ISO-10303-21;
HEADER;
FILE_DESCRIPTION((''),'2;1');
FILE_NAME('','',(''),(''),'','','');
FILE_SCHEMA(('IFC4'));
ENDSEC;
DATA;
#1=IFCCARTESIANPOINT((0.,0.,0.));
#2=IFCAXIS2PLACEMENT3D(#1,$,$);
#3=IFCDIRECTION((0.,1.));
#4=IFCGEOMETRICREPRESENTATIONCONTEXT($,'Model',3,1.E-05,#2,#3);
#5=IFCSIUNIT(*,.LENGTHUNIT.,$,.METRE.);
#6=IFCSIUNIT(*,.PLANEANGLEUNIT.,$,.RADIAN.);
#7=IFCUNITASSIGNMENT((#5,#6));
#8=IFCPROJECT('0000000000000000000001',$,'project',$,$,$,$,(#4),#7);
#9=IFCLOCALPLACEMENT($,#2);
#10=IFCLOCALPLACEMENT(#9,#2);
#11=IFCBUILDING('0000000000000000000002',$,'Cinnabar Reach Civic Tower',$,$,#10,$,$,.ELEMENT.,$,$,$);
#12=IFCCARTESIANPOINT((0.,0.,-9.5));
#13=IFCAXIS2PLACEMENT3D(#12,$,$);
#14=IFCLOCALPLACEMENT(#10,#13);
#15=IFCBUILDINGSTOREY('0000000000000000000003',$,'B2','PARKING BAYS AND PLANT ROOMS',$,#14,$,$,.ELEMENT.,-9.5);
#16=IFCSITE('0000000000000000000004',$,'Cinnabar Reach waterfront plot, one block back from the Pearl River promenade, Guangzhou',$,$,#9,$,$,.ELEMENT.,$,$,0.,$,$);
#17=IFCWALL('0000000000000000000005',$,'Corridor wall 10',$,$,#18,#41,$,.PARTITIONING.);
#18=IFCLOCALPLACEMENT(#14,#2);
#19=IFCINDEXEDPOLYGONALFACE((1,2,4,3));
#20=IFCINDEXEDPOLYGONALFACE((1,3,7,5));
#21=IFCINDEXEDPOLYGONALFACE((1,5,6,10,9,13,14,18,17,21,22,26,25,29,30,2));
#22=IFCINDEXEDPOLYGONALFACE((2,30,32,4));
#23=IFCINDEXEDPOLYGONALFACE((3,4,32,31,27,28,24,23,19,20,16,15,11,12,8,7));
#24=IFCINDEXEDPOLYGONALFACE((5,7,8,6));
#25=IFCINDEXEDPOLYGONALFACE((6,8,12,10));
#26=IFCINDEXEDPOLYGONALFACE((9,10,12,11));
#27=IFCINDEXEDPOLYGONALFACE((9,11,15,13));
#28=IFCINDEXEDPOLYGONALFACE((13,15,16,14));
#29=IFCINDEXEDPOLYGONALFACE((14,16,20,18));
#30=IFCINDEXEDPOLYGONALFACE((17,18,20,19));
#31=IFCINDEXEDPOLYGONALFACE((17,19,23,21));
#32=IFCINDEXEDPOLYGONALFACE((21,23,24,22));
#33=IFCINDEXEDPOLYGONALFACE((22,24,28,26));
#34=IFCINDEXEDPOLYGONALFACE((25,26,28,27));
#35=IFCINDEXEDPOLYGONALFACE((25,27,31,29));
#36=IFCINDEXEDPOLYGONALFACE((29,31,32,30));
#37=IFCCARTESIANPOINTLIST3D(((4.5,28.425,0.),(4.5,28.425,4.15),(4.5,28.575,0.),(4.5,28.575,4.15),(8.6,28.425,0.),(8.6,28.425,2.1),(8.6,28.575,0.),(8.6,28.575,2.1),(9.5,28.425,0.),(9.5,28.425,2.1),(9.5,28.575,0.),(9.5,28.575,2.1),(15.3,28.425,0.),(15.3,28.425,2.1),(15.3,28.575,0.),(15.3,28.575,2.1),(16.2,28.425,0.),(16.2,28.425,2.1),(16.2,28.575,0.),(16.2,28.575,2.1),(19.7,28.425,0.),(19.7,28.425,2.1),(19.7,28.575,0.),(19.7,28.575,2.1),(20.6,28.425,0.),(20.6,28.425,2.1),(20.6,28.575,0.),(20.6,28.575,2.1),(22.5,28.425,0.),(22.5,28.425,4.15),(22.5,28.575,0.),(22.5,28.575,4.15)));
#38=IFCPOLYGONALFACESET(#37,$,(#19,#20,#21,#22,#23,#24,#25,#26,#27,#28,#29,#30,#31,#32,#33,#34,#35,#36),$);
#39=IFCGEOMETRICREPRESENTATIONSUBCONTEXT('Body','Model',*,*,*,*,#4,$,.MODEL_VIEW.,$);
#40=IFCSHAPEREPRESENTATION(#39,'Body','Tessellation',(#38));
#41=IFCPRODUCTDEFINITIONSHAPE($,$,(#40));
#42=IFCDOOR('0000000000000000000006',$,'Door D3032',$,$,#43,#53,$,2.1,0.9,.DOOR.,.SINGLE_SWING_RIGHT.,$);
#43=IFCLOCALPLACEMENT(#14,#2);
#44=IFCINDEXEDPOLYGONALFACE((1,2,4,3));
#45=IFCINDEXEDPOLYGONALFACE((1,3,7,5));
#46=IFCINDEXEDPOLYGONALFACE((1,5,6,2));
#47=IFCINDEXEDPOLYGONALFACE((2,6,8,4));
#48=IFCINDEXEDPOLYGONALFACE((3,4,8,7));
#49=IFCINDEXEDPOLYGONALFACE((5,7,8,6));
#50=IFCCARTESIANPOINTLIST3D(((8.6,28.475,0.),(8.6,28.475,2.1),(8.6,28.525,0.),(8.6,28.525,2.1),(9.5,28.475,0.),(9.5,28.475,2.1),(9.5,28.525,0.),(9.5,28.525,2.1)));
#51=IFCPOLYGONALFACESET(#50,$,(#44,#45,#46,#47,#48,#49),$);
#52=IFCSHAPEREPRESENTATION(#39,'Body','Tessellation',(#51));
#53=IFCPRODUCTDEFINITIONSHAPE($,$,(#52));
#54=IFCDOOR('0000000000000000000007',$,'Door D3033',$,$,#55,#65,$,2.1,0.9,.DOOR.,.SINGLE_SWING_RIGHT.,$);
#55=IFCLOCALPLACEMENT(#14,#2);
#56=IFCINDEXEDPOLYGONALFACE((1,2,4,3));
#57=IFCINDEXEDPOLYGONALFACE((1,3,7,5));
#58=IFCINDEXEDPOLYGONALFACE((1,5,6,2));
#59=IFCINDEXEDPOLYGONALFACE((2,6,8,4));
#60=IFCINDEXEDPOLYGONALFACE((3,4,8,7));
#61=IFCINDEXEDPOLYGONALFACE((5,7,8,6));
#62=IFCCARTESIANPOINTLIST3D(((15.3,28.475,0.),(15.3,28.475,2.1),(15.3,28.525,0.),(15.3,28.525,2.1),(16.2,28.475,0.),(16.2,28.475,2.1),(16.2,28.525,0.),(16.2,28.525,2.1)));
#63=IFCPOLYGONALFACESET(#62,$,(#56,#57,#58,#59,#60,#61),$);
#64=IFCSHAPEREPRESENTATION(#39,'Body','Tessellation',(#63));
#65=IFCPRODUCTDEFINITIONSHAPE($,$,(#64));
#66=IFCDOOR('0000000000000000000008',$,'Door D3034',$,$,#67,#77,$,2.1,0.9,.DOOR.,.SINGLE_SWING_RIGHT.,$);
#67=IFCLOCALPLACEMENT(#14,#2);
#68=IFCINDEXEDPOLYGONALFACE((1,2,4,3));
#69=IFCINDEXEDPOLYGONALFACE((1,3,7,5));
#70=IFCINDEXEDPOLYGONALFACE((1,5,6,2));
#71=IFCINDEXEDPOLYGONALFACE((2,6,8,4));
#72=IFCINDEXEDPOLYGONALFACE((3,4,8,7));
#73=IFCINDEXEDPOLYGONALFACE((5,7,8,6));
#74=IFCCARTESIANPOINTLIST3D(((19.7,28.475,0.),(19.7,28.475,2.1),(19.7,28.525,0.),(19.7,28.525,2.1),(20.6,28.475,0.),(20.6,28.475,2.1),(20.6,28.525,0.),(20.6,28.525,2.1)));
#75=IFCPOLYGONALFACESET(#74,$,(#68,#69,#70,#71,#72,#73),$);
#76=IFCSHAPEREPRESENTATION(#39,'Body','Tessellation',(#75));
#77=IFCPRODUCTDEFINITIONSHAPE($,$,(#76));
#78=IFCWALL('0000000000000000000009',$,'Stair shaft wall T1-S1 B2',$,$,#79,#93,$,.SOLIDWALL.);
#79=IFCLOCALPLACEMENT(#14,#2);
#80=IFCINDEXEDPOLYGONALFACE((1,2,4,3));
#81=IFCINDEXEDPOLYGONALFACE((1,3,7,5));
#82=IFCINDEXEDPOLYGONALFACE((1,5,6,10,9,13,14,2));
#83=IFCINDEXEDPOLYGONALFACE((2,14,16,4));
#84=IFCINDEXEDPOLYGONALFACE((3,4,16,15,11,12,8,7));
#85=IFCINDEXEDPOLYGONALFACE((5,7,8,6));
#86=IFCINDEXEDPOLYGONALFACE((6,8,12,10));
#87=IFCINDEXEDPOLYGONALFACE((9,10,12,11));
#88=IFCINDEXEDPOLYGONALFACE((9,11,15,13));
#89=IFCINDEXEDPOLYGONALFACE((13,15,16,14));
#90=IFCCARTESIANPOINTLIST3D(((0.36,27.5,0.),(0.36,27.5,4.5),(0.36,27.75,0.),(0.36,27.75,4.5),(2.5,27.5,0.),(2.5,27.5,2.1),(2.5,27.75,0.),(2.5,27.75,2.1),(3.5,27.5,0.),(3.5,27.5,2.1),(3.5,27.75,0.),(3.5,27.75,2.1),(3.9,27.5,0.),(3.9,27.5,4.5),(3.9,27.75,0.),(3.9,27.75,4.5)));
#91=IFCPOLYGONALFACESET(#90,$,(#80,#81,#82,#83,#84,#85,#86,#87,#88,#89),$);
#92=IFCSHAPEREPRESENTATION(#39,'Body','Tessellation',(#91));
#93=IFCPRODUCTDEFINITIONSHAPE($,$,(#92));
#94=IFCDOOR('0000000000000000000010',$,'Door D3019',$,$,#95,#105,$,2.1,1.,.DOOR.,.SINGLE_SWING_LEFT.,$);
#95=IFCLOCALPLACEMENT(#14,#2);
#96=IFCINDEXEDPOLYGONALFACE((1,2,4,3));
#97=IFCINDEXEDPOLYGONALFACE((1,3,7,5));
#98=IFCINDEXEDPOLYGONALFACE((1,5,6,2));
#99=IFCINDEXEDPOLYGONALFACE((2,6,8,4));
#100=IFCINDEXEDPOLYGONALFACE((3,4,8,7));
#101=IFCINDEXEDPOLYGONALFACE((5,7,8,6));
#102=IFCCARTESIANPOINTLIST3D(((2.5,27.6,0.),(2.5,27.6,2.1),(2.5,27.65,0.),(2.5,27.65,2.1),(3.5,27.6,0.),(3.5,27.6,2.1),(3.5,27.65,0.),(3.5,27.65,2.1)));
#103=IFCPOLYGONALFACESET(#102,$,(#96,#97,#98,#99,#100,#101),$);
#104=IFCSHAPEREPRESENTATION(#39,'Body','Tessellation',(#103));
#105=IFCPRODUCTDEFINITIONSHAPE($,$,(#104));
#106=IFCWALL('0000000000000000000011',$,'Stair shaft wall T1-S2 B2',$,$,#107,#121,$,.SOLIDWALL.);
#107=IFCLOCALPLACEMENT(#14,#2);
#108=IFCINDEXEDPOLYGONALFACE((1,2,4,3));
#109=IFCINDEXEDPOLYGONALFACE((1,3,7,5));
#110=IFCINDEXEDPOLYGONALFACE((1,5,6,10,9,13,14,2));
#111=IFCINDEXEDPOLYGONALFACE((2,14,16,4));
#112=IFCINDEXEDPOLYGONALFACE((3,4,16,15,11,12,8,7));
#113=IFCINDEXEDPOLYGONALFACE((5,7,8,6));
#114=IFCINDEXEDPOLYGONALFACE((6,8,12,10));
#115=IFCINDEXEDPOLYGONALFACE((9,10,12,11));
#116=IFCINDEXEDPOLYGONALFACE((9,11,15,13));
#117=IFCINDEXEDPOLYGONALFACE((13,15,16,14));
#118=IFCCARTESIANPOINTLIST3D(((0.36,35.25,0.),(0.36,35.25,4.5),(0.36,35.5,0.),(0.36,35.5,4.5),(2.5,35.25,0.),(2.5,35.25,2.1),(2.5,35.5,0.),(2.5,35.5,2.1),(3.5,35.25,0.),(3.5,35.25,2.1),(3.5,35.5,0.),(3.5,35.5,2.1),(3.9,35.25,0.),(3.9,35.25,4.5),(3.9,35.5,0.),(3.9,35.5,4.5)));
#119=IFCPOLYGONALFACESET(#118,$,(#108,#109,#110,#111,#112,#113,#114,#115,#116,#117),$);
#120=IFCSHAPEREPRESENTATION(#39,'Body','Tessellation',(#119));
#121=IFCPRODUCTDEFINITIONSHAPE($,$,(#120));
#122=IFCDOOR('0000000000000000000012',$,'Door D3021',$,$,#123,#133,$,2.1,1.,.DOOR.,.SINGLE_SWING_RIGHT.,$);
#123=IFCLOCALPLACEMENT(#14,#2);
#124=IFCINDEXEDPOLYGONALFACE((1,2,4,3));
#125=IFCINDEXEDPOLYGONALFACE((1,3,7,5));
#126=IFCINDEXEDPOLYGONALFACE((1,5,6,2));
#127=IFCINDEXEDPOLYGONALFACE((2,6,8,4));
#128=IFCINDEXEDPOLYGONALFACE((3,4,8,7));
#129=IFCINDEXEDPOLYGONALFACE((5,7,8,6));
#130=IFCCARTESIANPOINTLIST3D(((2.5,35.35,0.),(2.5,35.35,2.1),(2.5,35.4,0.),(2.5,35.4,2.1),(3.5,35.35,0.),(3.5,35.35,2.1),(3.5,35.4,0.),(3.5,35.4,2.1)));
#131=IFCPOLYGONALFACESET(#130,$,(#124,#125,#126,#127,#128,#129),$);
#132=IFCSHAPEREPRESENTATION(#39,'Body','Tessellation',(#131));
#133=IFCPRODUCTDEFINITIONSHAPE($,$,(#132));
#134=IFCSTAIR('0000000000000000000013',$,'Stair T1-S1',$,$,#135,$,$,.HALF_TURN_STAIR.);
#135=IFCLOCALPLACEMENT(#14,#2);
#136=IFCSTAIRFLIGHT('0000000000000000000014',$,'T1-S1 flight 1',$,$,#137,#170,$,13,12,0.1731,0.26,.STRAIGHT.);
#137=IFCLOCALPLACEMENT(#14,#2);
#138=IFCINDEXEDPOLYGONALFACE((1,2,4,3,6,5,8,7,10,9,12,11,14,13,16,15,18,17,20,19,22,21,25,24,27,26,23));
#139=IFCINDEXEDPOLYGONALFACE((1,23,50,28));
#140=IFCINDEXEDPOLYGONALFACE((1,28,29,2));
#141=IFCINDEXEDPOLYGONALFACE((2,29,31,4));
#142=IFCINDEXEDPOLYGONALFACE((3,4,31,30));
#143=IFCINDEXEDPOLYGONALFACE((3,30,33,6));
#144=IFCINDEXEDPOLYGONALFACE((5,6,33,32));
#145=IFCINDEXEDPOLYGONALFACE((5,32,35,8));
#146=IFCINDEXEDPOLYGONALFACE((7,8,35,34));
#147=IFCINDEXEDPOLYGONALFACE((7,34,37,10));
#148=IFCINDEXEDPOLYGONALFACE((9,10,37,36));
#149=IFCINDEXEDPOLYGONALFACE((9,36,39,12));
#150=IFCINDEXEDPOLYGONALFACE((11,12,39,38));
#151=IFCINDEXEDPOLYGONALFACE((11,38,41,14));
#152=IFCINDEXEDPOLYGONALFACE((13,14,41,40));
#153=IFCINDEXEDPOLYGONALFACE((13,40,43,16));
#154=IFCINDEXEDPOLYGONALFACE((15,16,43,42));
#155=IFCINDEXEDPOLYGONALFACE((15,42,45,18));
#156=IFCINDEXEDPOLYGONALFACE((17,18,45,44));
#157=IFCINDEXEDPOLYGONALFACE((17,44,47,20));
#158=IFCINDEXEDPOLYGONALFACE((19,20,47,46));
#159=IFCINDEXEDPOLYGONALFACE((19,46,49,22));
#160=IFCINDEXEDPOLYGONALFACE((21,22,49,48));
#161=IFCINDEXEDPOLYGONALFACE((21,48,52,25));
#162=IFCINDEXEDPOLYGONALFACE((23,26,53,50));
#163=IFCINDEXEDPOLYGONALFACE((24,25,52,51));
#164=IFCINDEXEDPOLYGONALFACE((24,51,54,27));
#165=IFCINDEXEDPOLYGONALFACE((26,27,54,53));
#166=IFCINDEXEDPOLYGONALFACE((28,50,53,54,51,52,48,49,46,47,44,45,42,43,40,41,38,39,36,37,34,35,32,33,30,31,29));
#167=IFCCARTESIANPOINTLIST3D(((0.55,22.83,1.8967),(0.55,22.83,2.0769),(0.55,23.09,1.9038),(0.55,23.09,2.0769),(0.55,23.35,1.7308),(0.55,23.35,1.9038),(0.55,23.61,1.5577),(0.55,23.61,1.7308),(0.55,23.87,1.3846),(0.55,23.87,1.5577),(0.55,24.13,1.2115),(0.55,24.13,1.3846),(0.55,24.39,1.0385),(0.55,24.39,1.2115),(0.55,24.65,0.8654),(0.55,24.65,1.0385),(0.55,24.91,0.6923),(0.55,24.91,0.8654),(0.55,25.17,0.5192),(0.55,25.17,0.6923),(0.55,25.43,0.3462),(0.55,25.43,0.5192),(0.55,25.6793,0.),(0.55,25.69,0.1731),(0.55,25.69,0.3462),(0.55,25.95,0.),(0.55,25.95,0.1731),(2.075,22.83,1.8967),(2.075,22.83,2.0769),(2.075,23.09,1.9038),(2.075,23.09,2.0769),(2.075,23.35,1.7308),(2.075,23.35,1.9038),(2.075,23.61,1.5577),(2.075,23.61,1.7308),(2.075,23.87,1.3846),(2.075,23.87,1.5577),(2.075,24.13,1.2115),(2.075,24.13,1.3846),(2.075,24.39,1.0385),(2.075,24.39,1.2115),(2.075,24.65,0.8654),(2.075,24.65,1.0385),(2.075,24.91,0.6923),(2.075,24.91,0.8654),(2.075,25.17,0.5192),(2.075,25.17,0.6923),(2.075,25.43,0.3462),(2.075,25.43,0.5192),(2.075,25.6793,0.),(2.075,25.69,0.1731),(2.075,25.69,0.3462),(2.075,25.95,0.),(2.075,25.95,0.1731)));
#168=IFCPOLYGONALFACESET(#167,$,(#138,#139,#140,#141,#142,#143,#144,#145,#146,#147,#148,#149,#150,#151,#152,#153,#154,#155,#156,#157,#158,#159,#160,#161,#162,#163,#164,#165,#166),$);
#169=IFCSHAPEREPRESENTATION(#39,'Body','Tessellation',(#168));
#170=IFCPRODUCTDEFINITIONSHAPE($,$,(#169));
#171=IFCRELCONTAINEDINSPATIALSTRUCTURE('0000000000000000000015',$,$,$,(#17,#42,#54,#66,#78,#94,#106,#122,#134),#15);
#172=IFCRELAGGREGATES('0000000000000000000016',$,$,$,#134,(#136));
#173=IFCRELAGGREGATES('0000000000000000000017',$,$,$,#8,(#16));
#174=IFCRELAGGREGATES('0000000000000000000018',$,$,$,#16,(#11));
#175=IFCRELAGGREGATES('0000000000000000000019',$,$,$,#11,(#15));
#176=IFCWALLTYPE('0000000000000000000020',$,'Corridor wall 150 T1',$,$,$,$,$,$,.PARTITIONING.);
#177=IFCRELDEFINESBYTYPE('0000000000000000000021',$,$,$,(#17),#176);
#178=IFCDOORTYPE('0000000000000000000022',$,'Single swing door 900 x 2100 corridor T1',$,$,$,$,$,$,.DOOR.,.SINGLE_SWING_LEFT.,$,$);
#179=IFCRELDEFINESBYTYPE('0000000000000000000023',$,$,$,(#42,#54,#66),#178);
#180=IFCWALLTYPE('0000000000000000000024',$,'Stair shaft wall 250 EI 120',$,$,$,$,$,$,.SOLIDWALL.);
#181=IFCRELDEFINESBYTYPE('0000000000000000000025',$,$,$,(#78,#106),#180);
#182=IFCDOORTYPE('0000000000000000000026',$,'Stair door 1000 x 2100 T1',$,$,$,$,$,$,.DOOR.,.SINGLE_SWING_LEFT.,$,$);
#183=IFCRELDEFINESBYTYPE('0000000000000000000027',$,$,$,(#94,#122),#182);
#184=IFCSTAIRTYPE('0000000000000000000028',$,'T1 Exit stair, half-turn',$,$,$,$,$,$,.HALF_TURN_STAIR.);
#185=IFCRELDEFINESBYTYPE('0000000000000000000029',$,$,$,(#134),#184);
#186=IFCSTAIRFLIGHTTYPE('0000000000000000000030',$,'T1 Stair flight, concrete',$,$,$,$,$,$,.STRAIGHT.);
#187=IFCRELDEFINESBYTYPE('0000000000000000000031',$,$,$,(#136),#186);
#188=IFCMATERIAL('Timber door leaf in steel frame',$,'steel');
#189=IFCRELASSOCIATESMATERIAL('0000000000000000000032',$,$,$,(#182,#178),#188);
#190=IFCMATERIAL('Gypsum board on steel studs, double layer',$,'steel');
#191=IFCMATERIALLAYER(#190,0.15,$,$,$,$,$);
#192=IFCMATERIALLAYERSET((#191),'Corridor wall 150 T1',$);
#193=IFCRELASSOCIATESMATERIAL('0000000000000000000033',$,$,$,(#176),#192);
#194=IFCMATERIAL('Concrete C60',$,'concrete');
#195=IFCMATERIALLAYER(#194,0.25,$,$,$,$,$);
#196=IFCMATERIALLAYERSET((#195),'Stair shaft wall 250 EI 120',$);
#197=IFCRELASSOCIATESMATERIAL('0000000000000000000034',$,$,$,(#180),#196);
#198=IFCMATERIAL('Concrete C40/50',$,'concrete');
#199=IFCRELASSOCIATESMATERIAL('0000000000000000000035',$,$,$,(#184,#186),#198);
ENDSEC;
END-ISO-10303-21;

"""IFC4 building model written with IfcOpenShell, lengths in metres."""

from ifc_helpers import new_model, si_unit, direction, frame, frame_2d, origin, place, context, subcontext, project, spatial, polyline, rectangle, outline, extrude, material, layer, layer_set, type_object, element, fill, aggregate, save


model = new_model("IFC4")

# Units and contexts
model_context = context("Model", 3, precision=1e-05, world=origin(), true_north=direction((0.0, 1.0)))
body_context = subcontext(model_context, "Body", "Model", "MODEL_VIEW")
ifc_project = project(units=[si_unit("LENGTHUNIT", "METRE"), si_unit("PLANEANGLEUNIT", "RADIAN")], contexts=[model_context])

# Site, building, storey
site_placement = place(None, origin())
site = spatial("IfcSite", under=ifc_project, at=site_placement, Name="Cinnabar Reach waterfront plot, one block back from the Pearl River promenade, Guangzhou", CompositionType="ELEMENT", RefElevation=0.0)
building_placement = place(site_placement, origin())
building = spatial("IfcBuilding", under=site, at=building_placement, Name="Cinnabar Reach Civic Tower", CompositionType="ELEMENT")
storey_placement = place(building_placement, frame((0.0, 0.0, -9.5)))
storey = spatial("IfcBuildingStorey", under=building, at=storey_placement, Name="B2", Description="PARKING BAYS AND PLANT ROOMS", CompositionType="ELEMENT", Elevation=-9.5)

# Shared definitions
ifc_material_1 = material(Name="Timber door leaf in steel frame", Category="steel")
door_type_1 = type_object("IfcDoorType", Name="Stair door 1000 x 2100 T1", OperationType="SINGLE_SWING_LEFT", PredefinedType="DOOR", material=ifc_material_1)

# Wall, openings, doors
ifc_material_2 = material(Name="Gypsum board on steel studs, double layer", Category="steel")
ifc_layer_1 = layer(ifc_material_2, 0.15)
ifc_layer_set_1 = layer_set([ifc_layer_1], Name="Corridor wall 150 T1")
wall_type_1 = type_object("IfcWallType", Name="Corridor wall 150 T1", PredefinedType="PARTITIONING", material=ifc_layer_set_1)
door_type_2 = type_object("IfcDoorType", Name="Single swing door 900 x 2100 corridor T1", OperationType="SINGLE_SWING_LEFT", PredefinedType="DOOR", material=ifc_material_1)
wall_1_placement = place(storey_placement, frame((4.5, 28.5, 0.0), z_axis=(0.0, 0.0, 1.0), x_axis=(1.0, 0.0, 0.0)))
wall_1 = element("IfcWall", 1, at=wall_1_placement, inside=storey, type_object=wall_type_1, Name="Corridor wall 10", PredefinedType="PARTITIONING", context=body_context, shape_type="SweptSolid", body=[
    extrude(rectangle(XDim=18.0, YDim=0.15, at=frame_2d((9.0, 0.0))), origin(), (0.0, 0.0, 1.0), 4.15),
])
opening_1_placement = place(wall_1_placement, frame((4.1, 0.0, 0.0)))
opening_1 = element("IfcOpeningElement", 2, at=opening_1_placement, cuts=wall_1, PredefinedType="OPENING", context=body_context, shape_type="SweptSolid", body=[
    extrude(rectangle(XDim=0.9, YDim=2.1, at=frame_2d((0.45, 1.05))), frame((0.0, 0.085, 0.0), z_axis=(0.0, -1.0, 0.0), x_axis=(1.0, 0.0, 0.0)), (0.0, 0.0, 1.0), 0.17),
])
opening_2_placement = place(wall_1_placement, frame((10.8, 0.0, 0.0)))
opening_2 = element("IfcOpeningElement", 3, at=opening_2_placement, cuts=wall_1, PredefinedType="OPENING", context=body_context, shape_type="SweptSolid", body=[
    extrude(rectangle(XDim=0.9, YDim=2.1, at=frame_2d((0.45, 1.05))), frame((0.0, 0.085, 0.0), z_axis=(0.0, -1.0, 0.0), x_axis=(1.0, 0.0, 0.0)), (0.0, 0.0, 1.0), 0.17),
])
opening_3_placement = place(wall_1_placement, frame((15.2, 0.0, 0.0)))
opening_3 = element("IfcOpeningElement", 4, at=opening_3_placement, cuts=wall_1, PredefinedType="OPENING", context=body_context, shape_type="SweptSolid", body=[
    extrude(rectangle(XDim=0.9, YDim=2.1, at=frame_2d((0.45, 1.05))), frame((0.0, 0.085, 0.0), z_axis=(0.0, -1.0, 0.0), x_axis=(1.0, 0.0, 0.0)), (0.0, 0.0, 1.0), 0.17),
])
door_1_placement = place(opening_1_placement, origin())
door_1 = element("IfcDoor", 5, at=door_1_placement, inside=storey, type_object=door_type_2, Name="Door D3032", OperationType="SINGLE_SWING_RIGHT", OverallHeight=2.1, OverallWidth=0.9, PredefinedType="DOOR", context=body_context, shape_type="SweptSolid", body=[
    extrude(rectangle(XDim=0.9, YDim=2.1, at=frame_2d((0.45, 1.05))), frame((0.0, 0.025, 0.0), z_axis=(0.0, -1.0, 0.0), x_axis=(1.0, 0.0, 0.0)), (0.0, 0.0, 1.0), 0.05),
])
fill(opening_1, door_1)
door_2_placement = place(opening_2_placement, origin())
door_2 = element("IfcDoor", 6, at=door_2_placement, inside=storey, type_object=door_type_2, Name="Door D3033", OperationType="SINGLE_SWING_RIGHT", OverallHeight=2.1, OverallWidth=0.9, PredefinedType="DOOR", context=body_context, shape_type="SweptSolid", body=[
    extrude(rectangle(XDim=0.9, YDim=2.1, at=frame_2d((0.45, 1.05))), frame((0.0, 0.025, 0.0), z_axis=(0.0, -1.0, 0.0), x_axis=(1.0, 0.0, 0.0)), (0.0, 0.0, 1.0), 0.05),
])
fill(opening_2, door_2)
door_3_placement = place(opening_3_placement, origin())
door_3 = element("IfcDoor", 7, at=door_3_placement, inside=storey, type_object=door_type_2, Name="Door D3034", OperationType="SINGLE_SWING_RIGHT", OverallHeight=2.1, OverallWidth=0.9, PredefinedType="DOOR", context=body_context, shape_type="SweptSolid", body=[
    extrude(rectangle(XDim=0.9, YDim=2.1, at=frame_2d((0.45, 1.05))), frame((0.0, 0.025, 0.0), z_axis=(0.0, -1.0, 0.0), x_axis=(1.0, 0.0, 0.0)), (0.0, 0.0, 1.0), 0.05),
])
fill(opening_3, door_3)

# Walls, openings, doors
ifc_material_3 = material(Name="Concrete C60", Category="concrete")
ifc_layer_2 = layer(ifc_material_3, 0.25)
ifc_layer_set_2 = layer_set([ifc_layer_2], Name="Stair shaft wall 250 EI 120")
wall_type_2 = type_object("IfcWallType", Name="Stair shaft wall 250 EI 120", PredefinedType="SOLIDWALL", material=ifc_layer_set_2)
wall_2_placement = place(storey_placement, frame((3.9, 27.625, 0.0), z_axis=(0.0, 0.0, 1.0), x_axis=(-1.0, 0.0, 0.0)))
wall_2 = element("IfcWall", 8, at=wall_2_placement, inside=storey, type_object=wall_type_2, Name="Stair shaft wall T1-S1 B2", PredefinedType="SOLIDWALL", context=body_context, shape_type="SweptSolid", body=[
    extrude(rectangle(XDim=3.54, YDim=0.25, at=frame_2d((1.77, 0.0))), origin(), (0.0, 0.0, 1.0), 4.5),
])
opening_4_placement = place(wall_2_placement, frame((0.4, 0.0, 0.0)))
opening_4 = element("IfcOpeningElement", 9, at=opening_4_placement, cuts=wall_2, PredefinedType="OPENING", context=body_context, shape_type="SweptSolid", body=[
    extrude(rectangle(XDim=1.0, YDim=2.1, at=frame_2d((0.5, 1.05))), frame((0.0, 0.135, 0.0), z_axis=(0.0, -1.0, 0.0), x_axis=(1.0, 0.0, 0.0)), (0.0, 0.0, 1.0), 0.27),
])
door_4_placement = place(opening_4_placement, origin())
door_4 = element("IfcDoor", 10, at=door_4_placement, inside=storey, type_object=door_type_1, Name="Door D3019", OperationType="SINGLE_SWING_LEFT", OverallHeight=2.1, OverallWidth=1.0, PredefinedType="DOOR", context=body_context, shape_type="SweptSolid", body=[
    extrude(rectangle(XDim=1.0, YDim=2.1, at=frame_2d((0.5, 1.05))), frame((0.0, 0.025, 0.0), z_axis=(0.0, -1.0, 0.0), x_axis=(1.0, 0.0, 0.0)), (0.0, 0.0, 1.0), 0.05),
])
fill(opening_4, door_4)
wall_3_placement = place(storey_placement, frame((0.36, 35.375, 0.0), z_axis=(0.0, 0.0, 1.0), x_axis=(1.0, 0.0, 0.0)))
wall_3 = element("IfcWall", 11, at=wall_3_placement, inside=storey, type_object=wall_type_2, Name="Stair shaft wall T1-S2 B2", PredefinedType="SOLIDWALL", context=body_context, shape_type="SweptSolid", body=[
    extrude(rectangle(XDim=3.54, YDim=0.25, at=frame_2d((1.77, 0.0))), origin(), (0.0, 0.0, 1.0), 4.5),
])
opening_5_placement = place(wall_3_placement, frame((2.14, 0.0, 0.0)))
opening_5 = element("IfcOpeningElement", 12, at=opening_5_placement, cuts=wall_3, PredefinedType="OPENING", context=body_context, shape_type="SweptSolid", body=[
    extrude(rectangle(XDim=1.0, YDim=2.1, at=frame_2d((0.5, 1.05))), frame((0.0, 0.135, 0.0), z_axis=(0.0, -1.0, 0.0), x_axis=(1.0, 0.0, 0.0)), (0.0, 0.0, 1.0), 0.27),
])
door_5_placement = place(opening_5_placement, origin())
door_5 = element("IfcDoor", 13, at=door_5_placement, inside=storey, type_object=door_type_1, Name="Door D3021", OperationType="SINGLE_SWING_RIGHT", OverallHeight=2.1, OverallWidth=1.0, PredefinedType="DOOR", context=body_context, shape_type="SweptSolid", body=[
    extrude(rectangle(XDim=1.0, YDim=2.1, at=frame_2d((0.5, 1.05))), frame((0.0, 0.025, 0.0), z_axis=(0.0, -1.0, 0.0), x_axis=(1.0, 0.0, 0.0)), (0.0, 0.0, 1.0), 0.05),
])
fill(opening_5, door_5)

# Stair, stair flight
ifc_material_4 = material(Name="Concrete C40/50", Category="concrete")
stair_type = type_object("IfcStairType", Name="T1 Exit stair, half-turn", PredefinedType="HALF_TURN_STAIR", material=ifc_material_4)
stair_1_placement = place(storey_placement, origin())
stair_1 = element("IfcStair", 14, at=stair_1_placement, inside=storey, type_object=stair_type, Name="Stair T1-S1", PredefinedType="HALF_TURN_STAIR")
stair_flight_type = type_object("IfcStairFlightType", Name="T1 Stair flight, concrete", PredefinedType="STRAIGHT", material=ifc_material_4)
stair_flight_1_placement = place(storey_placement, frame((1.3125, 25.95, 0.0), z_axis=(0.0, 0.0, 1.0), x_axis=(0.0, -1.0, 0.0)))
stair_flight_1 = element("IfcStairFlight", 15, at=stair_flight_1_placement, type_object=stair_flight_type, Name="T1-S1 flight 1", NumberOfRisers=13, NumberOfTreads=12, PredefinedType="STRAIGHT", RiserHeight=0.1731, TreadLength=0.26, context=body_context, shape_type="SweptSolid", body=[
    extrude(outline(polyline([(0.0, 0.0), (0.0, 0.1731), (0.26, 0.1731), (0.26, 0.3462), (0.52, 0.3462), (0.52, 0.5192), (0.78, 0.5192), (0.78, 0.6923), (1.04, 0.6923), (1.04, 0.8654), (1.3, 0.8654), (1.3, 1.0385), (1.56, 1.0385), (1.56, 1.2115), (1.82, 1.2115), (1.82, 1.3846), (2.08, 1.3846), (2.08, 1.5577), (2.34, 1.5577), (2.34, 1.7308), (2.6, 1.7308), (2.6, 1.9038), (2.86, 1.9038), (2.86, 2.0769), (3.12, 2.0769), (3.12, 2.25), (3.12, 1.8967), (0.2707, 0.0), (0.0, 0.0)])), frame((0.0, 0.7625, 0.0), z_axis=(0.0, -1.0, 0.0), x_axis=(1.0, 0.0, 0.0)), (0.0, 0.0, 1.0), 1.525),
])
aggregate(stair_1, [stair_flight_1])

save(model, "model.ifc")
